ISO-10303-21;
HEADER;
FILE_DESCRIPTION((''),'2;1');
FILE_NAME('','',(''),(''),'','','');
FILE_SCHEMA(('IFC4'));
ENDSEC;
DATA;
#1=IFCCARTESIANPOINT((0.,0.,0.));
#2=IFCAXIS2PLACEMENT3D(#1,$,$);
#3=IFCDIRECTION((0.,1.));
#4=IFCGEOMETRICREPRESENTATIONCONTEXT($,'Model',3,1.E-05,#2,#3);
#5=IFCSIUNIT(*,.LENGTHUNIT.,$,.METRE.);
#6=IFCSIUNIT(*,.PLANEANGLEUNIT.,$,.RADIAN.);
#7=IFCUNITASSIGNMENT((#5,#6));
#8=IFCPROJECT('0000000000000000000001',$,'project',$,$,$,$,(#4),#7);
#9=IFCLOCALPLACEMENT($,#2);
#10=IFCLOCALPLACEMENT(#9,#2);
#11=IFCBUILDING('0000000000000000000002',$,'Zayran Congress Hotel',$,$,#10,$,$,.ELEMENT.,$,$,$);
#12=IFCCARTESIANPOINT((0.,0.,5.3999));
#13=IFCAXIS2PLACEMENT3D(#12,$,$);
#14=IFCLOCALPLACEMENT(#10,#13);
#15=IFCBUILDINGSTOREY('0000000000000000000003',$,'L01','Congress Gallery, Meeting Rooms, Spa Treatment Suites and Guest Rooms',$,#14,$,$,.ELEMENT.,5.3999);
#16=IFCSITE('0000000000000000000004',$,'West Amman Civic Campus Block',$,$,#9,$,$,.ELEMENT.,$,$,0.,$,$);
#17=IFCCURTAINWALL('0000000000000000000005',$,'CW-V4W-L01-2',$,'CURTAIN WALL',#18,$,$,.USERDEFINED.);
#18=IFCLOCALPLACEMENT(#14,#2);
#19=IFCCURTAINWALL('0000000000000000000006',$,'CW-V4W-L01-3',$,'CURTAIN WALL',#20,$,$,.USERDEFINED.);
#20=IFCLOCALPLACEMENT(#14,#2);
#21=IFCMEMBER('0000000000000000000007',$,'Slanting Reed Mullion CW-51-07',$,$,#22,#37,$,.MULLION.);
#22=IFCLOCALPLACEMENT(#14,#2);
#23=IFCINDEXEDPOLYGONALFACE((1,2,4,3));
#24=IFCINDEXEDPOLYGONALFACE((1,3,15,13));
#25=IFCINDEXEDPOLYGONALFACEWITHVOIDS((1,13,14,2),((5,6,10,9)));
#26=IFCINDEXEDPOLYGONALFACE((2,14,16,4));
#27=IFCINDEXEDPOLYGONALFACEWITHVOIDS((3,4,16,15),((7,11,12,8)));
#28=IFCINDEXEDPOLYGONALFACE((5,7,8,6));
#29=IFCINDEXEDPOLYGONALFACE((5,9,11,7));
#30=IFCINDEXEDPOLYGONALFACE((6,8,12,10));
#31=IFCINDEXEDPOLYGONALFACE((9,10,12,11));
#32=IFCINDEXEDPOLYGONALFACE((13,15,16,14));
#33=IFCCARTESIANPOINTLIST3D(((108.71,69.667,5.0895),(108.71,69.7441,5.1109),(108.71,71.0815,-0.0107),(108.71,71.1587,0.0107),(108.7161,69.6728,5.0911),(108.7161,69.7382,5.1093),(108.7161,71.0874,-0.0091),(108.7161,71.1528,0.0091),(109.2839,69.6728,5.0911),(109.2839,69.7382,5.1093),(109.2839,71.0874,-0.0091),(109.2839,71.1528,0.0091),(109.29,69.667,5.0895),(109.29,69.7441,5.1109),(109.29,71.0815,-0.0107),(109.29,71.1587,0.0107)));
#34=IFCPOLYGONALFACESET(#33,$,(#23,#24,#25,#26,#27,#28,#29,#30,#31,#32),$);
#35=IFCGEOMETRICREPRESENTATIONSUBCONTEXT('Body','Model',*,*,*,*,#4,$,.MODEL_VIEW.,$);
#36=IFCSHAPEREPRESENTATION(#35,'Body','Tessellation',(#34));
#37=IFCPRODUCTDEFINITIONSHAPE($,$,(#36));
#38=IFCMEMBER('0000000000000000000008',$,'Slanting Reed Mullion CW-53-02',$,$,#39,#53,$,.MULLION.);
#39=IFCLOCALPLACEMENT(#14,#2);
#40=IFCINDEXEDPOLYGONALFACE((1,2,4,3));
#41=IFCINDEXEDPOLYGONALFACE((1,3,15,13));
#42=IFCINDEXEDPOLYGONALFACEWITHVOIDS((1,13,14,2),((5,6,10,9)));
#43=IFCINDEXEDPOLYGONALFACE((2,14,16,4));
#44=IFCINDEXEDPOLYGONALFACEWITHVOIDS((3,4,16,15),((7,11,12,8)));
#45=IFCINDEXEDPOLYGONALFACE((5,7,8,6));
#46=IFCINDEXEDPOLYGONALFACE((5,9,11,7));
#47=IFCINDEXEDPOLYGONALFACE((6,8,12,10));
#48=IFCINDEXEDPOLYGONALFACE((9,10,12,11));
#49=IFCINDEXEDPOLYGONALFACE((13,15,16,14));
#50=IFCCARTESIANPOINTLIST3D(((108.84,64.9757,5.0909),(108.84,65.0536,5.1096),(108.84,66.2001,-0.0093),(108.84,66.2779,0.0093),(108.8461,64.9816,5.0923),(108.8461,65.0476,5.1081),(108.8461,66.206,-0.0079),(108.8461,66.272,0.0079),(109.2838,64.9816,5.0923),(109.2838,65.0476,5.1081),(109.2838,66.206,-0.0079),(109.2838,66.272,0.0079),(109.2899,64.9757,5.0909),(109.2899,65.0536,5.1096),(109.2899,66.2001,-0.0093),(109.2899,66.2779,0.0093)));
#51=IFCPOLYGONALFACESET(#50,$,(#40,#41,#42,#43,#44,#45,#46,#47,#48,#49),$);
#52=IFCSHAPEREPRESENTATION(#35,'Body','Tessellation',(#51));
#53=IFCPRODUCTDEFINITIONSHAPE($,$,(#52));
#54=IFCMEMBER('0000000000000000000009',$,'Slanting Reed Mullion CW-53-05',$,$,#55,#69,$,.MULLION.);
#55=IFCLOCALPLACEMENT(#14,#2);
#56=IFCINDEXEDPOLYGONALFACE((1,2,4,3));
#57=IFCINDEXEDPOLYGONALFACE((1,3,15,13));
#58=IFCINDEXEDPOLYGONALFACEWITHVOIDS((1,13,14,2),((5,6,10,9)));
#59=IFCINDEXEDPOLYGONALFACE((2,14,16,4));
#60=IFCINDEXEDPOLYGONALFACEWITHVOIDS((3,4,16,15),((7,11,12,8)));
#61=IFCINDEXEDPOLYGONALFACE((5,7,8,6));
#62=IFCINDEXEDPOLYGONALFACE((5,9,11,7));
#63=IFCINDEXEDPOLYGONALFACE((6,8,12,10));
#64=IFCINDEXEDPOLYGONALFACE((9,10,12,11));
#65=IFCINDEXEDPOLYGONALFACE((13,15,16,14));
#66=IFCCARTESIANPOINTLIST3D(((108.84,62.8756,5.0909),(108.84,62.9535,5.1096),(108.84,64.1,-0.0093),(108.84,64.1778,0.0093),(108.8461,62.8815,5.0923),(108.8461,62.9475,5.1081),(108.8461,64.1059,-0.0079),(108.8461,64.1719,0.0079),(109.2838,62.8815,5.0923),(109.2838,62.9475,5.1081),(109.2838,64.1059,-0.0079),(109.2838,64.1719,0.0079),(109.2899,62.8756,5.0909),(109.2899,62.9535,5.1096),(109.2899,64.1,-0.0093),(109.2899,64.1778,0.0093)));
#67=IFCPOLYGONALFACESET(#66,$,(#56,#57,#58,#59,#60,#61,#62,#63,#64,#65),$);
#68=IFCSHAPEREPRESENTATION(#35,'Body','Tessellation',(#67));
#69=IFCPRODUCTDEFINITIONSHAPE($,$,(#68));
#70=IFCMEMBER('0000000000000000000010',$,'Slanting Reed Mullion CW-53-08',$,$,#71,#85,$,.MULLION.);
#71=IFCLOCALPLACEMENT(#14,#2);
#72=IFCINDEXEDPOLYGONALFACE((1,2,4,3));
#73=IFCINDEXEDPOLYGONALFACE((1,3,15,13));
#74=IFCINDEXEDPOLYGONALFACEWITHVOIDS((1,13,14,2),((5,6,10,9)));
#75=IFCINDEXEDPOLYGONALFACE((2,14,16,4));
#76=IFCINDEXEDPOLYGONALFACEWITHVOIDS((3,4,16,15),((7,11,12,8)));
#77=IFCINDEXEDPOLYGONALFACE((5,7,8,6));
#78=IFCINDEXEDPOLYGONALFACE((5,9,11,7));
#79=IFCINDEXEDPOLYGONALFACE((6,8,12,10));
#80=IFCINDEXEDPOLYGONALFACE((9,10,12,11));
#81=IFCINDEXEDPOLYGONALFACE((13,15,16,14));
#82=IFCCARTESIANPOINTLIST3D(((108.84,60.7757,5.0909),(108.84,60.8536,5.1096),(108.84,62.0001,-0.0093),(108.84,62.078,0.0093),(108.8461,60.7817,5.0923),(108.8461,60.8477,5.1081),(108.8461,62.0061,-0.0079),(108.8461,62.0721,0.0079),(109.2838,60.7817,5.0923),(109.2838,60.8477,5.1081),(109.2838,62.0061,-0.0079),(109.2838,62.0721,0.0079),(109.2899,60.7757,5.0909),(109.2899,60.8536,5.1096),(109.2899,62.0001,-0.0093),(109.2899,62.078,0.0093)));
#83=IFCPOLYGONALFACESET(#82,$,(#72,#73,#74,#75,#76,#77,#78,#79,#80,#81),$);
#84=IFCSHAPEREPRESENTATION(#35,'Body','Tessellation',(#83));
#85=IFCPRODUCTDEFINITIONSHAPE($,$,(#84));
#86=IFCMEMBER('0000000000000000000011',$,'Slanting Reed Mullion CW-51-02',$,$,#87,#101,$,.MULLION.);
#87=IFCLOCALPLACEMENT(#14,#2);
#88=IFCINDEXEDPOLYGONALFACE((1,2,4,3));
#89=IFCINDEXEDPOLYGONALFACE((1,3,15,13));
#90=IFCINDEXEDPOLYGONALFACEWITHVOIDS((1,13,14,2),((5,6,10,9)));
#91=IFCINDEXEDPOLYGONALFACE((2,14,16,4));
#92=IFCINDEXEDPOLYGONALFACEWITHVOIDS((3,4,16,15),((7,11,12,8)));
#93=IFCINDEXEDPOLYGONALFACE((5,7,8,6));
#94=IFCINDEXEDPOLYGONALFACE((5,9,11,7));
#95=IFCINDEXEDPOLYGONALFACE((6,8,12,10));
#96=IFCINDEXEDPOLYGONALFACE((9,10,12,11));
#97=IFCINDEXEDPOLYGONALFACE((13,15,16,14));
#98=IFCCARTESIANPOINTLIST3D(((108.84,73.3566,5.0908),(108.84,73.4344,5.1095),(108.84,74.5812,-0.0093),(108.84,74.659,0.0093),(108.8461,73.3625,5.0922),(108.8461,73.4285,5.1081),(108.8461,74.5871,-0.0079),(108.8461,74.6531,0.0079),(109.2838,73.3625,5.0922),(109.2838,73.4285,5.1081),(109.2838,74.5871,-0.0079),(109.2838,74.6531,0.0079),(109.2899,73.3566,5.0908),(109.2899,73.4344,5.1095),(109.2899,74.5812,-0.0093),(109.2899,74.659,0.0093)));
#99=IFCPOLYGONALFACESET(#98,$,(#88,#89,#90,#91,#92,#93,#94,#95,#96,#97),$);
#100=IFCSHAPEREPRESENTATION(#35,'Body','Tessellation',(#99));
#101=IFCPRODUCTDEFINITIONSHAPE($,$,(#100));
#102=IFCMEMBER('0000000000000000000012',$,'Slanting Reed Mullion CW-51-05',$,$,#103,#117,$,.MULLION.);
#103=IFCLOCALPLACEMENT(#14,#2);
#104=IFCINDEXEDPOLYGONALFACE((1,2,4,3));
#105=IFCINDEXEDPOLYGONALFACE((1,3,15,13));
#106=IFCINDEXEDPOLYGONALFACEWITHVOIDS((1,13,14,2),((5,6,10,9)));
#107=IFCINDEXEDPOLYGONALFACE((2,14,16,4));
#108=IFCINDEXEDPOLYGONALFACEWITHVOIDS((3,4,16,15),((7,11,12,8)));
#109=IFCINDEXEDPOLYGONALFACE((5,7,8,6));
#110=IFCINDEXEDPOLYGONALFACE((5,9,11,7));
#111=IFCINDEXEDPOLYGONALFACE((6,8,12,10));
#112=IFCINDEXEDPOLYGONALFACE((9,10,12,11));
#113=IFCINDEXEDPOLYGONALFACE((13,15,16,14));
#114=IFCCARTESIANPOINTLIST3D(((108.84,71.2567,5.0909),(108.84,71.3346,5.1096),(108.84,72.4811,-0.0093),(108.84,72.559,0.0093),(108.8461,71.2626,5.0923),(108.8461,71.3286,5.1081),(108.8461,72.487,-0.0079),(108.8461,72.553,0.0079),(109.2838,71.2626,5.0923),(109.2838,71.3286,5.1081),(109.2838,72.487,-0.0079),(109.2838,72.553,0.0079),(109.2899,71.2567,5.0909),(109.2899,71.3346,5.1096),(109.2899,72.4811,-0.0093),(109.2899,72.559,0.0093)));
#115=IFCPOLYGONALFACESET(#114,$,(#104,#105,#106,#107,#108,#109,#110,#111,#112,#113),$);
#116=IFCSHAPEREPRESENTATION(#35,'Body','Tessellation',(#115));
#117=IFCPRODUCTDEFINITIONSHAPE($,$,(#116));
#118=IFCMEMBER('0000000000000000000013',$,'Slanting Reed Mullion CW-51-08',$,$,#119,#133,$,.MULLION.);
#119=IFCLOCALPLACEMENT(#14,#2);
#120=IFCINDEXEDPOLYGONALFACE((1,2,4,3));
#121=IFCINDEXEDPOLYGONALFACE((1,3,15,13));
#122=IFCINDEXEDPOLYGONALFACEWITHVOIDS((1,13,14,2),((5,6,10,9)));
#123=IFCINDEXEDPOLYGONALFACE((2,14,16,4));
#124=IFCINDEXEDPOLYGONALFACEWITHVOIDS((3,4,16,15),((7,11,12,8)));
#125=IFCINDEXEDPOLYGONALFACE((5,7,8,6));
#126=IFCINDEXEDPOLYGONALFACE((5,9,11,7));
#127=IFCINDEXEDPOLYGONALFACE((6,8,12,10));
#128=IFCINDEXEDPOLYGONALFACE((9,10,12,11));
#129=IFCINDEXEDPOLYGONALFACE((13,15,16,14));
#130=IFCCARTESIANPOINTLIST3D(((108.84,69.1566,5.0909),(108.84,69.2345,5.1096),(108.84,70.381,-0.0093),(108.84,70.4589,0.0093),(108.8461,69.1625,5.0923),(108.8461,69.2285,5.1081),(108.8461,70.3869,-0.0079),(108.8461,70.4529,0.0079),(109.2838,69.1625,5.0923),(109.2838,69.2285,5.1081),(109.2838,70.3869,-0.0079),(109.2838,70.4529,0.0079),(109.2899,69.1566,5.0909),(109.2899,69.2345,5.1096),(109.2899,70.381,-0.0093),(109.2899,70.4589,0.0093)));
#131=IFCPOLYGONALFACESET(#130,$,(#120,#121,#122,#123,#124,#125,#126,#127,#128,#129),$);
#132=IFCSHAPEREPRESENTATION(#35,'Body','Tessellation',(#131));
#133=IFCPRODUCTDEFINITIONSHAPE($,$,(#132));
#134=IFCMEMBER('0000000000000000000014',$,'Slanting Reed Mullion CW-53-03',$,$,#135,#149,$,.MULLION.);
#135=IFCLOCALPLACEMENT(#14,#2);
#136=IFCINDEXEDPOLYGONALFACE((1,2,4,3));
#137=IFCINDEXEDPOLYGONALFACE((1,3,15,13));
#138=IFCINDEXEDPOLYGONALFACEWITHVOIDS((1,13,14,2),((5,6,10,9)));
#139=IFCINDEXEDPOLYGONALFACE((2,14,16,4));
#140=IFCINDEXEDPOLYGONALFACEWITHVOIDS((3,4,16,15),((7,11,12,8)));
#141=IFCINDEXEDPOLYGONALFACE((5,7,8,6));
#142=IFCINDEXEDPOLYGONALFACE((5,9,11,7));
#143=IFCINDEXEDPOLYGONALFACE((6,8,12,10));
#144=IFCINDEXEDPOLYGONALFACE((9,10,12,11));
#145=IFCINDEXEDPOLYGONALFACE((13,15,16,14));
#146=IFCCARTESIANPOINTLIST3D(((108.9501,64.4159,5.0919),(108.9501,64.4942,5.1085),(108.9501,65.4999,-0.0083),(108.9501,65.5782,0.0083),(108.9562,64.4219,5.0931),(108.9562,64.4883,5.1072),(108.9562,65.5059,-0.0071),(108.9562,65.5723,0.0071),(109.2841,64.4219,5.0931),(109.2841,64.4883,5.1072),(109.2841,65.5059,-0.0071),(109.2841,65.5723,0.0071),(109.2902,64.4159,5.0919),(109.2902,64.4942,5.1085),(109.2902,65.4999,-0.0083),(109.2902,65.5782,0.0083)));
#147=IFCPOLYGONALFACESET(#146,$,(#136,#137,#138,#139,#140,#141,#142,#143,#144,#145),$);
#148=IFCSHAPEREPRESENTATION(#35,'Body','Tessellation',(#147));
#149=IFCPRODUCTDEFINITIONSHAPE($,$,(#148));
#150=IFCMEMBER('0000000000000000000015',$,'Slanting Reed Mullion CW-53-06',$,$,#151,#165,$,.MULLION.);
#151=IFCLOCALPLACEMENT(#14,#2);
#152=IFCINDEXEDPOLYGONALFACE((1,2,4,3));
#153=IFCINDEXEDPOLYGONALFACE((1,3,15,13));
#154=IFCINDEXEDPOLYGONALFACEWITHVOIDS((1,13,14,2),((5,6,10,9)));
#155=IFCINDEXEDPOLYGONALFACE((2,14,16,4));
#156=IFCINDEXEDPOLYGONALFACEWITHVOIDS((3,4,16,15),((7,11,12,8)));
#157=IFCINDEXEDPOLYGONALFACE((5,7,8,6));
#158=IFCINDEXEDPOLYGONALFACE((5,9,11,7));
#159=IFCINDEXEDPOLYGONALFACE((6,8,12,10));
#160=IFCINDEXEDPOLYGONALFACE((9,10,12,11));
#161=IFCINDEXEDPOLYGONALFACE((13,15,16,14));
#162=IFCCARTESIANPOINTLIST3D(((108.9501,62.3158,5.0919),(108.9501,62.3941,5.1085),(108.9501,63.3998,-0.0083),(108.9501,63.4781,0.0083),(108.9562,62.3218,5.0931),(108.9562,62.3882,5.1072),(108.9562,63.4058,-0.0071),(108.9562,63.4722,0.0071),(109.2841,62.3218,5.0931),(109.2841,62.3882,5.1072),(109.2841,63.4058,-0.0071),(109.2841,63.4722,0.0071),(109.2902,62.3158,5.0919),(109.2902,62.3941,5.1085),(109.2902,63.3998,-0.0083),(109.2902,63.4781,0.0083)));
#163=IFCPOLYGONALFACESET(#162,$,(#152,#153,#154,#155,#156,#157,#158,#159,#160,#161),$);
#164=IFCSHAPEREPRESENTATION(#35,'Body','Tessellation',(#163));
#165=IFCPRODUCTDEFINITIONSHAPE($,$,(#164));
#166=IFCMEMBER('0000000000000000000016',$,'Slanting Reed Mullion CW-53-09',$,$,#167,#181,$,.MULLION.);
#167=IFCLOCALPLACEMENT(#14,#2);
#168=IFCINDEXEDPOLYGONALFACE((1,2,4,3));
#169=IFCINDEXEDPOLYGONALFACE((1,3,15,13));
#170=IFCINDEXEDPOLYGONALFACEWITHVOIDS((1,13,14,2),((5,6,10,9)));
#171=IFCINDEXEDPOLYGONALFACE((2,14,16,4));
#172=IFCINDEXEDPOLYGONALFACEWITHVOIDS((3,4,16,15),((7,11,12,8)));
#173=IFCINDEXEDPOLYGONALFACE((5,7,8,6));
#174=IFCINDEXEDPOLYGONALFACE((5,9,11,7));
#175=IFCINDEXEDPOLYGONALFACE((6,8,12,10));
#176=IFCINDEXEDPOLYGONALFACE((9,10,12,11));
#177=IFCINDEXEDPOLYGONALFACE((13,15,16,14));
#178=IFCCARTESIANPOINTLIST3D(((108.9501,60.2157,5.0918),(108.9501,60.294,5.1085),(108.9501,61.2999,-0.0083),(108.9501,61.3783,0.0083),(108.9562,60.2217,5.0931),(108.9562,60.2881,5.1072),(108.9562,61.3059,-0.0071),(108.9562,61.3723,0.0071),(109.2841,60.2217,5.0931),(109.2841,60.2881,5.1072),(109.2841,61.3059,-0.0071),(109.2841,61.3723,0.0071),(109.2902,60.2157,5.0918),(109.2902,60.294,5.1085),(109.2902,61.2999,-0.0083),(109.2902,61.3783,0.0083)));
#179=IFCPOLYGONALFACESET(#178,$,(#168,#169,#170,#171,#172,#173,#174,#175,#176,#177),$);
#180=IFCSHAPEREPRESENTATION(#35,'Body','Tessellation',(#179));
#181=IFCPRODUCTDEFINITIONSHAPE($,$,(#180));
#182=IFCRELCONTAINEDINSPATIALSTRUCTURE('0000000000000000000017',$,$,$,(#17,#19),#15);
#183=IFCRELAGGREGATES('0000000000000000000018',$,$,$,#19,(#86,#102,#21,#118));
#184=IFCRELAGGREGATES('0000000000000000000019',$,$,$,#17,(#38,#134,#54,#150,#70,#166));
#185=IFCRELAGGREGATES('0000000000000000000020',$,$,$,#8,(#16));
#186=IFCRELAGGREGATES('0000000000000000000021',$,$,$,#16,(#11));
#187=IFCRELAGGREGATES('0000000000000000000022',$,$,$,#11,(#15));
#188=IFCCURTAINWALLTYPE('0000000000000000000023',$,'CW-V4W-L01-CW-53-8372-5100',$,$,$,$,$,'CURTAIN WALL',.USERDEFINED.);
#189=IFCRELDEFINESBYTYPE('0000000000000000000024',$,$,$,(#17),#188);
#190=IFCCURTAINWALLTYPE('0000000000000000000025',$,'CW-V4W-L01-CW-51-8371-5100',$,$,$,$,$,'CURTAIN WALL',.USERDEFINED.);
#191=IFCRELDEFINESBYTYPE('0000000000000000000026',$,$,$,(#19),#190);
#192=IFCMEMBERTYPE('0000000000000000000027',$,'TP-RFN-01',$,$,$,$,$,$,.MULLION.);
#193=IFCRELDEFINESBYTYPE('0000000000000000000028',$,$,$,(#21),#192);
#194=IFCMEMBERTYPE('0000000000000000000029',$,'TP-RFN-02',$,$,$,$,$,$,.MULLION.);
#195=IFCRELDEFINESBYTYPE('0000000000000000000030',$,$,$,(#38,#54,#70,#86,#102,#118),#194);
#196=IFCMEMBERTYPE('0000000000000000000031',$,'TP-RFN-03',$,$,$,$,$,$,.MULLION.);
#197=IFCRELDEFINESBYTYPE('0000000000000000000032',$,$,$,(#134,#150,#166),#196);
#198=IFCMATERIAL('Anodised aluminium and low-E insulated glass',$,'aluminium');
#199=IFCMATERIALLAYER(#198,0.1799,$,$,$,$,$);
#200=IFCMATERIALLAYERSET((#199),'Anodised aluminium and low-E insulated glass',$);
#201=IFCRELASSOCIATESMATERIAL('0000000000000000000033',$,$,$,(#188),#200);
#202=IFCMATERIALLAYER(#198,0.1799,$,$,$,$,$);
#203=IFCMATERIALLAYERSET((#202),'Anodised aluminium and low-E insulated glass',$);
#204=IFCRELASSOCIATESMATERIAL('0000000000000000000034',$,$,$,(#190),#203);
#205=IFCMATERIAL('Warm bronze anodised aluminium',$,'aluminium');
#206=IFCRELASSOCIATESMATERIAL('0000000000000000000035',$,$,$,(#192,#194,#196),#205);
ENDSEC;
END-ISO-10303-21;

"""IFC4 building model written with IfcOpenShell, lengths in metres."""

from ifc_helpers import new_model, si_unit, direction, frame, origin, origin_2d, place, context, subcontext, project, spatial, hollow_rectangle, extrude, material, layer, layer_set, material_profile, profile_set, type_object, element, aggregate, save


model = new_model("IFC4")

# Units and contexts
model_context = context("Model", 3, precision=1e-05, world=origin(), true_north=direction((0.0, 1.0)))
body_context = subcontext(model_context, "Body", "Model", "MODEL_VIEW")
ifc_project = project(units=[si_unit("LENGTHUNIT", "METRE"), si_unit("PLANEANGLEUNIT", "RADIAN")], contexts=[model_context])

# Site, building, storey
site_placement = place(None, origin())
site = spatial("IfcSite", under=ifc_project, at=site_placement, Name="West Amman Civic Campus Block", CompositionType="ELEMENT", RefElevation=0.0)
building_placement = place(site_placement, origin())
building = spatial("IfcBuilding", under=site, at=building_placement, Name="Zayran Congress Hotel", CompositionType="ELEMENT")
storey_placement = place(building_placement, frame((0.0, 0.0, 5.3999)))
storey = spatial("IfcBuildingStorey", under=building, at=storey_placement, Name="L01", Description="Congress Gallery, Meeting Rooms, Spa Treatment Suites and Guest Rooms", CompositionType="ELEMENT", Elevation=5.3999)

# Curtain walls, member
ifc_material_1 = material(Name="Anodised aluminium and low-E insulated glass", Category="aluminium")
ifc_layer_1 = layer(ifc_material_1, 0.1799)
ifc_layer_set_1 = layer_set([ifc_layer_1], Name="Anodised aluminium and low-E insulated glass")
curtain_wall_type_1 = type_object("IfcCurtainWallType", Name="CW-V4W-L01-CW-53-8372-5100", ElementType="CURTAIN WALL", PredefinedType="USERDEFINED", material=ifc_layer_set_1)
curtain_wall_1_placement = place(storey_placement, origin())
curtain_wall_1 = element("IfcCurtainWall", 1, at=curtain_wall_1_placement, inside=storey, type_object=curtain_wall_type_1, Name="CW-V4W-L01-2", ObjectType="CURTAIN WALL", PredefinedType="USERDEFINED")
ifc_layer_2 = layer(ifc_material_1, 0.1799)
ifc_layer_set_2 = layer_set([ifc_layer_2], Name="Anodised aluminium and low-E insulated glass")
curtain_wall_type_2 = type_object("IfcCurtainWallType", Name="CW-V4W-L01-CW-51-8371-5100", ElementType="CURTAIN WALL", PredefinedType="USERDEFINED", material=ifc_layer_set_2)
curtain_wall_2_placement = place(storey_placement, origin())
curtain_wall_2 = element("IfcCurtainWall", 2, at=curtain_wall_2_placement, inside=storey, type_object=curtain_wall_type_2, Name="CW-V4W-L01-3", ObjectType="CURTAIN WALL", PredefinedType="USERDEFINED")
ifc_material_2 = material(Name="Warm bronze anodised aluminium", Category="aluminium")
ifc_material_profile_1 = material_profile(ifc_material_2, hollow_rectangle(XDim=0.0801, YDim=0.5801, WallThickness=0.0061, at=origin_2d()), Name="RHS 580x80x6")
ifc_profile_set_1 = profile_set([ifc_material_profile_1], Name="Warm bronze anodised aluminium")
member_type_1 = type_object("IfcMemberType", Name="TP-RFN-01", PredefinedType="MULLION", material=ifc_profile_set_1)
member_1_placement = place(storey_placement, frame((109.0, 71.1201, 0.0), z_axis=(0.0, -0.267268, 0.963622), x_axis=(0.0, 0.963622, 0.267268)))
member_1 = element("IfcMember", 3, at=member_1_placement, type_object=member_type_1, Name="Slanting Reed Mullion CW-51-07", PredefinedType="MULLION", context=body_context, shape_type="SweptSolid", body=[
    extrude(hollow_rectangle(XDim=0.0801, YDim=0.5801, WallThickness=0.0061, at=origin_2d()), origin(), (0.0, 0.0, 1.0), 5.2927),
])

# Members
ifc_material_profile_2 = material_profile(ifc_material_2, hollow_rectangle(XDim=0.0801, YDim=0.45, WallThickness=0.0061, at=origin_2d()), Name="RHS 450x80x6")
ifc_profile_set_2 = profile_set([ifc_material_profile_2], Name="Warm bronze anodised aluminium")
member_type_2 = type_object("IfcMemberType", Name="TP-RFN-02", PredefinedType="MULLION", material=ifc_profile_set_2)
member_2_placement = place(storey_placement, frame((109.0649, 66.239, 0.0), z_axis=(0.0, -0.233435, 0.972373), x_axis=(0.0, 0.972373, 0.233435)))
member_2 = element("IfcMember", 4, at=member_2_placement, type_object=member_type_2, Name="Slanting Reed Mullion CW-53-02", PredefinedType="MULLION", context=body_context, shape_type="SweptSolid", body=[
    extrude(hollow_rectangle(XDim=0.0801, YDim=0.45, WallThickness=0.0061, at=origin_2d()), origin(), (0.0, 0.0, 1.0), 5.2451),
])
member_3_placement = place(storey_placement, frame((109.0649, 64.1389, 0.0), z_axis=(0.0, -0.233435, 0.972373), x_axis=(0.0, 0.972373, 0.233435)))
member_3 = element("IfcMember", 5, at=member_3_placement, type_object=member_type_2, Name="Slanting Reed Mullion CW-53-05", PredefinedType="MULLION", context=body_context, shape_type="SweptSolid", body=[
    extrude(hollow_rectangle(XDim=0.0801, YDim=0.45, WallThickness=0.0061, at=origin_2d()), origin(), (0.0, 0.0, 1.0), 5.2451),
])
member_4_placement = place(storey_placement, frame((109.0649, 62.0391, 0.0), z_axis=(0.0, -0.233435, 0.972373), x_axis=(0.0, 0.972373, 0.233435)))
member_4 = element("IfcMember", 6, at=member_4_placement, type_object=member_type_2, Name="Slanting Reed Mullion CW-53-08", PredefinedType="MULLION", context=body_context, shape_type="SweptSolid", body=[
    extrude(hollow_rectangle(XDim=0.0801, YDim=0.45, WallThickness=0.0061, at=origin_2d()), origin(), (0.0, 0.0, 1.0), 5.2451),
])
member_5_placement = place(storey_placement, frame((109.0649, 74.6201, 0.0), z_axis=(0.0, -0.233479, 0.972362), x_axis=(0.0, 0.972362, 0.233479)))
member_5 = element("IfcMember", 7, at=member_5_placement, type_object=member_type_2, Name="Slanting Reed Mullion CW-51-02", PredefinedType="MULLION", context=body_context, shape_type="SweptSolid", body=[
    extrude(hollow_rectangle(XDim=0.0801, YDim=0.45, WallThickness=0.0061, at=origin_2d()), origin(), (0.0, 0.0, 1.0), 5.2451),
])
member_6_placement = place(storey_placement, frame((109.0649, 72.52, 0.0), z_axis=(0.0, -0.233435, 0.972373), x_axis=(0.0, 0.972373, 0.233435)))
member_6 = element("IfcMember", 8, at=member_6_placement, type_object=member_type_2, Name="Slanting Reed Mullion CW-51-05", PredefinedType="MULLION", context=body_context, shape_type="SweptSolid", body=[
    extrude(hollow_rectangle(XDim=0.0801, YDim=0.45, WallThickness=0.0061, at=origin_2d()), origin(), (0.0, 0.0, 1.0), 5.2451),
])
member_7_placement = place(storey_placement, frame((109.0649, 70.4199, 0.0), z_axis=(0.0, -0.233435, 0.972373), x_axis=(0.0, 0.972373, 0.233435)))
member_7 = element("IfcMember", 9, at=member_7_placement, type_object=member_type_2, Name="Slanting Reed Mullion CW-51-08", PredefinedType="MULLION", context=body_context, shape_type="SweptSolid", body=[
    extrude(hollow_rectangle(XDim=0.0801, YDim=0.45, WallThickness=0.0061, at=origin_2d()), origin(), (0.0, 0.0, 1.0), 5.2451),
])
ifc_material_profile_3 = material_profile(ifc_material_2, hollow_rectangle(XDim=0.0801, YDim=0.3401, WallThickness=0.0061, at=origin_2d()), Name="RHS 340x80x6")
ifc_profile_set_3 = profile_set([ifc_material_profile_3], Name="Warm bronze anodised aluminium")
member_type_3 = type_object("IfcMemberType", Name="TP-RFN-03", PredefinedType="MULLION", material=ifc_profile_set_3)
member_8_placement = place(storey_placement, frame((109.1201, 65.5391, 0.0), z_axis=(0.0, -0.207898, 0.978151), x_axis=(0.0, 0.978151, 0.207898)))
member_8 = element("IfcMember", 10, at=member_8_placement, type_object=member_type_3, Name="Slanting Reed Mullion CW-53-03", PredefinedType="MULLION", context=body_context, shape_type="SweptSolid", body=[
    extrude(hollow_rectangle(XDim=0.0801, YDim=0.3401, WallThickness=0.0061, at=origin_2d()), origin(), (0.0, 0.0, 1.0), 5.2141),
])
member_9_placement = place(storey_placement, frame((109.1201, 63.439, 0.0), z_axis=(0.0, -0.207898, 0.978151), x_axis=(0.0, 0.978151, 0.207898)))
member_9 = element("IfcMember", 11, at=member_9_placement, type_object=member_type_3, Name="Slanting Reed Mullion CW-53-06", PredefinedType="MULLION", context=body_context, shape_type="SweptSolid", body=[
    extrude(hollow_rectangle(XDim=0.0801, YDim=0.3401, WallThickness=0.0061, at=origin_2d()), origin(), (0.0, 0.0, 1.0), 5.2141),
])
member_10_placement = place(storey_placement, frame((109.1201, 61.3391, 0.0), z_axis=(0.0, -0.207943, 0.978141), x_axis=(0.0, 0.978141, 0.207943)))
member_10 = element("IfcMember", 12, at=member_10_placement, type_object=member_type_3, Name="Slanting Reed Mullion CW-53-09", PredefinedType="MULLION", context=body_context, shape_type="SweptSolid", body=[
    extrude(hollow_rectangle(XDim=0.0801, YDim=0.3401, WallThickness=0.0061, at=origin_2d()), origin(), (0.0, 0.0, 1.0), 5.2141),
])
aggregate(curtain_wall_2, [member_5, member_6, member_1, member_7])

aggregate(curtain_wall_1, [member_2, member_8, member_3, member_9, member_4, member_10])

save(model, "model.ifc")
